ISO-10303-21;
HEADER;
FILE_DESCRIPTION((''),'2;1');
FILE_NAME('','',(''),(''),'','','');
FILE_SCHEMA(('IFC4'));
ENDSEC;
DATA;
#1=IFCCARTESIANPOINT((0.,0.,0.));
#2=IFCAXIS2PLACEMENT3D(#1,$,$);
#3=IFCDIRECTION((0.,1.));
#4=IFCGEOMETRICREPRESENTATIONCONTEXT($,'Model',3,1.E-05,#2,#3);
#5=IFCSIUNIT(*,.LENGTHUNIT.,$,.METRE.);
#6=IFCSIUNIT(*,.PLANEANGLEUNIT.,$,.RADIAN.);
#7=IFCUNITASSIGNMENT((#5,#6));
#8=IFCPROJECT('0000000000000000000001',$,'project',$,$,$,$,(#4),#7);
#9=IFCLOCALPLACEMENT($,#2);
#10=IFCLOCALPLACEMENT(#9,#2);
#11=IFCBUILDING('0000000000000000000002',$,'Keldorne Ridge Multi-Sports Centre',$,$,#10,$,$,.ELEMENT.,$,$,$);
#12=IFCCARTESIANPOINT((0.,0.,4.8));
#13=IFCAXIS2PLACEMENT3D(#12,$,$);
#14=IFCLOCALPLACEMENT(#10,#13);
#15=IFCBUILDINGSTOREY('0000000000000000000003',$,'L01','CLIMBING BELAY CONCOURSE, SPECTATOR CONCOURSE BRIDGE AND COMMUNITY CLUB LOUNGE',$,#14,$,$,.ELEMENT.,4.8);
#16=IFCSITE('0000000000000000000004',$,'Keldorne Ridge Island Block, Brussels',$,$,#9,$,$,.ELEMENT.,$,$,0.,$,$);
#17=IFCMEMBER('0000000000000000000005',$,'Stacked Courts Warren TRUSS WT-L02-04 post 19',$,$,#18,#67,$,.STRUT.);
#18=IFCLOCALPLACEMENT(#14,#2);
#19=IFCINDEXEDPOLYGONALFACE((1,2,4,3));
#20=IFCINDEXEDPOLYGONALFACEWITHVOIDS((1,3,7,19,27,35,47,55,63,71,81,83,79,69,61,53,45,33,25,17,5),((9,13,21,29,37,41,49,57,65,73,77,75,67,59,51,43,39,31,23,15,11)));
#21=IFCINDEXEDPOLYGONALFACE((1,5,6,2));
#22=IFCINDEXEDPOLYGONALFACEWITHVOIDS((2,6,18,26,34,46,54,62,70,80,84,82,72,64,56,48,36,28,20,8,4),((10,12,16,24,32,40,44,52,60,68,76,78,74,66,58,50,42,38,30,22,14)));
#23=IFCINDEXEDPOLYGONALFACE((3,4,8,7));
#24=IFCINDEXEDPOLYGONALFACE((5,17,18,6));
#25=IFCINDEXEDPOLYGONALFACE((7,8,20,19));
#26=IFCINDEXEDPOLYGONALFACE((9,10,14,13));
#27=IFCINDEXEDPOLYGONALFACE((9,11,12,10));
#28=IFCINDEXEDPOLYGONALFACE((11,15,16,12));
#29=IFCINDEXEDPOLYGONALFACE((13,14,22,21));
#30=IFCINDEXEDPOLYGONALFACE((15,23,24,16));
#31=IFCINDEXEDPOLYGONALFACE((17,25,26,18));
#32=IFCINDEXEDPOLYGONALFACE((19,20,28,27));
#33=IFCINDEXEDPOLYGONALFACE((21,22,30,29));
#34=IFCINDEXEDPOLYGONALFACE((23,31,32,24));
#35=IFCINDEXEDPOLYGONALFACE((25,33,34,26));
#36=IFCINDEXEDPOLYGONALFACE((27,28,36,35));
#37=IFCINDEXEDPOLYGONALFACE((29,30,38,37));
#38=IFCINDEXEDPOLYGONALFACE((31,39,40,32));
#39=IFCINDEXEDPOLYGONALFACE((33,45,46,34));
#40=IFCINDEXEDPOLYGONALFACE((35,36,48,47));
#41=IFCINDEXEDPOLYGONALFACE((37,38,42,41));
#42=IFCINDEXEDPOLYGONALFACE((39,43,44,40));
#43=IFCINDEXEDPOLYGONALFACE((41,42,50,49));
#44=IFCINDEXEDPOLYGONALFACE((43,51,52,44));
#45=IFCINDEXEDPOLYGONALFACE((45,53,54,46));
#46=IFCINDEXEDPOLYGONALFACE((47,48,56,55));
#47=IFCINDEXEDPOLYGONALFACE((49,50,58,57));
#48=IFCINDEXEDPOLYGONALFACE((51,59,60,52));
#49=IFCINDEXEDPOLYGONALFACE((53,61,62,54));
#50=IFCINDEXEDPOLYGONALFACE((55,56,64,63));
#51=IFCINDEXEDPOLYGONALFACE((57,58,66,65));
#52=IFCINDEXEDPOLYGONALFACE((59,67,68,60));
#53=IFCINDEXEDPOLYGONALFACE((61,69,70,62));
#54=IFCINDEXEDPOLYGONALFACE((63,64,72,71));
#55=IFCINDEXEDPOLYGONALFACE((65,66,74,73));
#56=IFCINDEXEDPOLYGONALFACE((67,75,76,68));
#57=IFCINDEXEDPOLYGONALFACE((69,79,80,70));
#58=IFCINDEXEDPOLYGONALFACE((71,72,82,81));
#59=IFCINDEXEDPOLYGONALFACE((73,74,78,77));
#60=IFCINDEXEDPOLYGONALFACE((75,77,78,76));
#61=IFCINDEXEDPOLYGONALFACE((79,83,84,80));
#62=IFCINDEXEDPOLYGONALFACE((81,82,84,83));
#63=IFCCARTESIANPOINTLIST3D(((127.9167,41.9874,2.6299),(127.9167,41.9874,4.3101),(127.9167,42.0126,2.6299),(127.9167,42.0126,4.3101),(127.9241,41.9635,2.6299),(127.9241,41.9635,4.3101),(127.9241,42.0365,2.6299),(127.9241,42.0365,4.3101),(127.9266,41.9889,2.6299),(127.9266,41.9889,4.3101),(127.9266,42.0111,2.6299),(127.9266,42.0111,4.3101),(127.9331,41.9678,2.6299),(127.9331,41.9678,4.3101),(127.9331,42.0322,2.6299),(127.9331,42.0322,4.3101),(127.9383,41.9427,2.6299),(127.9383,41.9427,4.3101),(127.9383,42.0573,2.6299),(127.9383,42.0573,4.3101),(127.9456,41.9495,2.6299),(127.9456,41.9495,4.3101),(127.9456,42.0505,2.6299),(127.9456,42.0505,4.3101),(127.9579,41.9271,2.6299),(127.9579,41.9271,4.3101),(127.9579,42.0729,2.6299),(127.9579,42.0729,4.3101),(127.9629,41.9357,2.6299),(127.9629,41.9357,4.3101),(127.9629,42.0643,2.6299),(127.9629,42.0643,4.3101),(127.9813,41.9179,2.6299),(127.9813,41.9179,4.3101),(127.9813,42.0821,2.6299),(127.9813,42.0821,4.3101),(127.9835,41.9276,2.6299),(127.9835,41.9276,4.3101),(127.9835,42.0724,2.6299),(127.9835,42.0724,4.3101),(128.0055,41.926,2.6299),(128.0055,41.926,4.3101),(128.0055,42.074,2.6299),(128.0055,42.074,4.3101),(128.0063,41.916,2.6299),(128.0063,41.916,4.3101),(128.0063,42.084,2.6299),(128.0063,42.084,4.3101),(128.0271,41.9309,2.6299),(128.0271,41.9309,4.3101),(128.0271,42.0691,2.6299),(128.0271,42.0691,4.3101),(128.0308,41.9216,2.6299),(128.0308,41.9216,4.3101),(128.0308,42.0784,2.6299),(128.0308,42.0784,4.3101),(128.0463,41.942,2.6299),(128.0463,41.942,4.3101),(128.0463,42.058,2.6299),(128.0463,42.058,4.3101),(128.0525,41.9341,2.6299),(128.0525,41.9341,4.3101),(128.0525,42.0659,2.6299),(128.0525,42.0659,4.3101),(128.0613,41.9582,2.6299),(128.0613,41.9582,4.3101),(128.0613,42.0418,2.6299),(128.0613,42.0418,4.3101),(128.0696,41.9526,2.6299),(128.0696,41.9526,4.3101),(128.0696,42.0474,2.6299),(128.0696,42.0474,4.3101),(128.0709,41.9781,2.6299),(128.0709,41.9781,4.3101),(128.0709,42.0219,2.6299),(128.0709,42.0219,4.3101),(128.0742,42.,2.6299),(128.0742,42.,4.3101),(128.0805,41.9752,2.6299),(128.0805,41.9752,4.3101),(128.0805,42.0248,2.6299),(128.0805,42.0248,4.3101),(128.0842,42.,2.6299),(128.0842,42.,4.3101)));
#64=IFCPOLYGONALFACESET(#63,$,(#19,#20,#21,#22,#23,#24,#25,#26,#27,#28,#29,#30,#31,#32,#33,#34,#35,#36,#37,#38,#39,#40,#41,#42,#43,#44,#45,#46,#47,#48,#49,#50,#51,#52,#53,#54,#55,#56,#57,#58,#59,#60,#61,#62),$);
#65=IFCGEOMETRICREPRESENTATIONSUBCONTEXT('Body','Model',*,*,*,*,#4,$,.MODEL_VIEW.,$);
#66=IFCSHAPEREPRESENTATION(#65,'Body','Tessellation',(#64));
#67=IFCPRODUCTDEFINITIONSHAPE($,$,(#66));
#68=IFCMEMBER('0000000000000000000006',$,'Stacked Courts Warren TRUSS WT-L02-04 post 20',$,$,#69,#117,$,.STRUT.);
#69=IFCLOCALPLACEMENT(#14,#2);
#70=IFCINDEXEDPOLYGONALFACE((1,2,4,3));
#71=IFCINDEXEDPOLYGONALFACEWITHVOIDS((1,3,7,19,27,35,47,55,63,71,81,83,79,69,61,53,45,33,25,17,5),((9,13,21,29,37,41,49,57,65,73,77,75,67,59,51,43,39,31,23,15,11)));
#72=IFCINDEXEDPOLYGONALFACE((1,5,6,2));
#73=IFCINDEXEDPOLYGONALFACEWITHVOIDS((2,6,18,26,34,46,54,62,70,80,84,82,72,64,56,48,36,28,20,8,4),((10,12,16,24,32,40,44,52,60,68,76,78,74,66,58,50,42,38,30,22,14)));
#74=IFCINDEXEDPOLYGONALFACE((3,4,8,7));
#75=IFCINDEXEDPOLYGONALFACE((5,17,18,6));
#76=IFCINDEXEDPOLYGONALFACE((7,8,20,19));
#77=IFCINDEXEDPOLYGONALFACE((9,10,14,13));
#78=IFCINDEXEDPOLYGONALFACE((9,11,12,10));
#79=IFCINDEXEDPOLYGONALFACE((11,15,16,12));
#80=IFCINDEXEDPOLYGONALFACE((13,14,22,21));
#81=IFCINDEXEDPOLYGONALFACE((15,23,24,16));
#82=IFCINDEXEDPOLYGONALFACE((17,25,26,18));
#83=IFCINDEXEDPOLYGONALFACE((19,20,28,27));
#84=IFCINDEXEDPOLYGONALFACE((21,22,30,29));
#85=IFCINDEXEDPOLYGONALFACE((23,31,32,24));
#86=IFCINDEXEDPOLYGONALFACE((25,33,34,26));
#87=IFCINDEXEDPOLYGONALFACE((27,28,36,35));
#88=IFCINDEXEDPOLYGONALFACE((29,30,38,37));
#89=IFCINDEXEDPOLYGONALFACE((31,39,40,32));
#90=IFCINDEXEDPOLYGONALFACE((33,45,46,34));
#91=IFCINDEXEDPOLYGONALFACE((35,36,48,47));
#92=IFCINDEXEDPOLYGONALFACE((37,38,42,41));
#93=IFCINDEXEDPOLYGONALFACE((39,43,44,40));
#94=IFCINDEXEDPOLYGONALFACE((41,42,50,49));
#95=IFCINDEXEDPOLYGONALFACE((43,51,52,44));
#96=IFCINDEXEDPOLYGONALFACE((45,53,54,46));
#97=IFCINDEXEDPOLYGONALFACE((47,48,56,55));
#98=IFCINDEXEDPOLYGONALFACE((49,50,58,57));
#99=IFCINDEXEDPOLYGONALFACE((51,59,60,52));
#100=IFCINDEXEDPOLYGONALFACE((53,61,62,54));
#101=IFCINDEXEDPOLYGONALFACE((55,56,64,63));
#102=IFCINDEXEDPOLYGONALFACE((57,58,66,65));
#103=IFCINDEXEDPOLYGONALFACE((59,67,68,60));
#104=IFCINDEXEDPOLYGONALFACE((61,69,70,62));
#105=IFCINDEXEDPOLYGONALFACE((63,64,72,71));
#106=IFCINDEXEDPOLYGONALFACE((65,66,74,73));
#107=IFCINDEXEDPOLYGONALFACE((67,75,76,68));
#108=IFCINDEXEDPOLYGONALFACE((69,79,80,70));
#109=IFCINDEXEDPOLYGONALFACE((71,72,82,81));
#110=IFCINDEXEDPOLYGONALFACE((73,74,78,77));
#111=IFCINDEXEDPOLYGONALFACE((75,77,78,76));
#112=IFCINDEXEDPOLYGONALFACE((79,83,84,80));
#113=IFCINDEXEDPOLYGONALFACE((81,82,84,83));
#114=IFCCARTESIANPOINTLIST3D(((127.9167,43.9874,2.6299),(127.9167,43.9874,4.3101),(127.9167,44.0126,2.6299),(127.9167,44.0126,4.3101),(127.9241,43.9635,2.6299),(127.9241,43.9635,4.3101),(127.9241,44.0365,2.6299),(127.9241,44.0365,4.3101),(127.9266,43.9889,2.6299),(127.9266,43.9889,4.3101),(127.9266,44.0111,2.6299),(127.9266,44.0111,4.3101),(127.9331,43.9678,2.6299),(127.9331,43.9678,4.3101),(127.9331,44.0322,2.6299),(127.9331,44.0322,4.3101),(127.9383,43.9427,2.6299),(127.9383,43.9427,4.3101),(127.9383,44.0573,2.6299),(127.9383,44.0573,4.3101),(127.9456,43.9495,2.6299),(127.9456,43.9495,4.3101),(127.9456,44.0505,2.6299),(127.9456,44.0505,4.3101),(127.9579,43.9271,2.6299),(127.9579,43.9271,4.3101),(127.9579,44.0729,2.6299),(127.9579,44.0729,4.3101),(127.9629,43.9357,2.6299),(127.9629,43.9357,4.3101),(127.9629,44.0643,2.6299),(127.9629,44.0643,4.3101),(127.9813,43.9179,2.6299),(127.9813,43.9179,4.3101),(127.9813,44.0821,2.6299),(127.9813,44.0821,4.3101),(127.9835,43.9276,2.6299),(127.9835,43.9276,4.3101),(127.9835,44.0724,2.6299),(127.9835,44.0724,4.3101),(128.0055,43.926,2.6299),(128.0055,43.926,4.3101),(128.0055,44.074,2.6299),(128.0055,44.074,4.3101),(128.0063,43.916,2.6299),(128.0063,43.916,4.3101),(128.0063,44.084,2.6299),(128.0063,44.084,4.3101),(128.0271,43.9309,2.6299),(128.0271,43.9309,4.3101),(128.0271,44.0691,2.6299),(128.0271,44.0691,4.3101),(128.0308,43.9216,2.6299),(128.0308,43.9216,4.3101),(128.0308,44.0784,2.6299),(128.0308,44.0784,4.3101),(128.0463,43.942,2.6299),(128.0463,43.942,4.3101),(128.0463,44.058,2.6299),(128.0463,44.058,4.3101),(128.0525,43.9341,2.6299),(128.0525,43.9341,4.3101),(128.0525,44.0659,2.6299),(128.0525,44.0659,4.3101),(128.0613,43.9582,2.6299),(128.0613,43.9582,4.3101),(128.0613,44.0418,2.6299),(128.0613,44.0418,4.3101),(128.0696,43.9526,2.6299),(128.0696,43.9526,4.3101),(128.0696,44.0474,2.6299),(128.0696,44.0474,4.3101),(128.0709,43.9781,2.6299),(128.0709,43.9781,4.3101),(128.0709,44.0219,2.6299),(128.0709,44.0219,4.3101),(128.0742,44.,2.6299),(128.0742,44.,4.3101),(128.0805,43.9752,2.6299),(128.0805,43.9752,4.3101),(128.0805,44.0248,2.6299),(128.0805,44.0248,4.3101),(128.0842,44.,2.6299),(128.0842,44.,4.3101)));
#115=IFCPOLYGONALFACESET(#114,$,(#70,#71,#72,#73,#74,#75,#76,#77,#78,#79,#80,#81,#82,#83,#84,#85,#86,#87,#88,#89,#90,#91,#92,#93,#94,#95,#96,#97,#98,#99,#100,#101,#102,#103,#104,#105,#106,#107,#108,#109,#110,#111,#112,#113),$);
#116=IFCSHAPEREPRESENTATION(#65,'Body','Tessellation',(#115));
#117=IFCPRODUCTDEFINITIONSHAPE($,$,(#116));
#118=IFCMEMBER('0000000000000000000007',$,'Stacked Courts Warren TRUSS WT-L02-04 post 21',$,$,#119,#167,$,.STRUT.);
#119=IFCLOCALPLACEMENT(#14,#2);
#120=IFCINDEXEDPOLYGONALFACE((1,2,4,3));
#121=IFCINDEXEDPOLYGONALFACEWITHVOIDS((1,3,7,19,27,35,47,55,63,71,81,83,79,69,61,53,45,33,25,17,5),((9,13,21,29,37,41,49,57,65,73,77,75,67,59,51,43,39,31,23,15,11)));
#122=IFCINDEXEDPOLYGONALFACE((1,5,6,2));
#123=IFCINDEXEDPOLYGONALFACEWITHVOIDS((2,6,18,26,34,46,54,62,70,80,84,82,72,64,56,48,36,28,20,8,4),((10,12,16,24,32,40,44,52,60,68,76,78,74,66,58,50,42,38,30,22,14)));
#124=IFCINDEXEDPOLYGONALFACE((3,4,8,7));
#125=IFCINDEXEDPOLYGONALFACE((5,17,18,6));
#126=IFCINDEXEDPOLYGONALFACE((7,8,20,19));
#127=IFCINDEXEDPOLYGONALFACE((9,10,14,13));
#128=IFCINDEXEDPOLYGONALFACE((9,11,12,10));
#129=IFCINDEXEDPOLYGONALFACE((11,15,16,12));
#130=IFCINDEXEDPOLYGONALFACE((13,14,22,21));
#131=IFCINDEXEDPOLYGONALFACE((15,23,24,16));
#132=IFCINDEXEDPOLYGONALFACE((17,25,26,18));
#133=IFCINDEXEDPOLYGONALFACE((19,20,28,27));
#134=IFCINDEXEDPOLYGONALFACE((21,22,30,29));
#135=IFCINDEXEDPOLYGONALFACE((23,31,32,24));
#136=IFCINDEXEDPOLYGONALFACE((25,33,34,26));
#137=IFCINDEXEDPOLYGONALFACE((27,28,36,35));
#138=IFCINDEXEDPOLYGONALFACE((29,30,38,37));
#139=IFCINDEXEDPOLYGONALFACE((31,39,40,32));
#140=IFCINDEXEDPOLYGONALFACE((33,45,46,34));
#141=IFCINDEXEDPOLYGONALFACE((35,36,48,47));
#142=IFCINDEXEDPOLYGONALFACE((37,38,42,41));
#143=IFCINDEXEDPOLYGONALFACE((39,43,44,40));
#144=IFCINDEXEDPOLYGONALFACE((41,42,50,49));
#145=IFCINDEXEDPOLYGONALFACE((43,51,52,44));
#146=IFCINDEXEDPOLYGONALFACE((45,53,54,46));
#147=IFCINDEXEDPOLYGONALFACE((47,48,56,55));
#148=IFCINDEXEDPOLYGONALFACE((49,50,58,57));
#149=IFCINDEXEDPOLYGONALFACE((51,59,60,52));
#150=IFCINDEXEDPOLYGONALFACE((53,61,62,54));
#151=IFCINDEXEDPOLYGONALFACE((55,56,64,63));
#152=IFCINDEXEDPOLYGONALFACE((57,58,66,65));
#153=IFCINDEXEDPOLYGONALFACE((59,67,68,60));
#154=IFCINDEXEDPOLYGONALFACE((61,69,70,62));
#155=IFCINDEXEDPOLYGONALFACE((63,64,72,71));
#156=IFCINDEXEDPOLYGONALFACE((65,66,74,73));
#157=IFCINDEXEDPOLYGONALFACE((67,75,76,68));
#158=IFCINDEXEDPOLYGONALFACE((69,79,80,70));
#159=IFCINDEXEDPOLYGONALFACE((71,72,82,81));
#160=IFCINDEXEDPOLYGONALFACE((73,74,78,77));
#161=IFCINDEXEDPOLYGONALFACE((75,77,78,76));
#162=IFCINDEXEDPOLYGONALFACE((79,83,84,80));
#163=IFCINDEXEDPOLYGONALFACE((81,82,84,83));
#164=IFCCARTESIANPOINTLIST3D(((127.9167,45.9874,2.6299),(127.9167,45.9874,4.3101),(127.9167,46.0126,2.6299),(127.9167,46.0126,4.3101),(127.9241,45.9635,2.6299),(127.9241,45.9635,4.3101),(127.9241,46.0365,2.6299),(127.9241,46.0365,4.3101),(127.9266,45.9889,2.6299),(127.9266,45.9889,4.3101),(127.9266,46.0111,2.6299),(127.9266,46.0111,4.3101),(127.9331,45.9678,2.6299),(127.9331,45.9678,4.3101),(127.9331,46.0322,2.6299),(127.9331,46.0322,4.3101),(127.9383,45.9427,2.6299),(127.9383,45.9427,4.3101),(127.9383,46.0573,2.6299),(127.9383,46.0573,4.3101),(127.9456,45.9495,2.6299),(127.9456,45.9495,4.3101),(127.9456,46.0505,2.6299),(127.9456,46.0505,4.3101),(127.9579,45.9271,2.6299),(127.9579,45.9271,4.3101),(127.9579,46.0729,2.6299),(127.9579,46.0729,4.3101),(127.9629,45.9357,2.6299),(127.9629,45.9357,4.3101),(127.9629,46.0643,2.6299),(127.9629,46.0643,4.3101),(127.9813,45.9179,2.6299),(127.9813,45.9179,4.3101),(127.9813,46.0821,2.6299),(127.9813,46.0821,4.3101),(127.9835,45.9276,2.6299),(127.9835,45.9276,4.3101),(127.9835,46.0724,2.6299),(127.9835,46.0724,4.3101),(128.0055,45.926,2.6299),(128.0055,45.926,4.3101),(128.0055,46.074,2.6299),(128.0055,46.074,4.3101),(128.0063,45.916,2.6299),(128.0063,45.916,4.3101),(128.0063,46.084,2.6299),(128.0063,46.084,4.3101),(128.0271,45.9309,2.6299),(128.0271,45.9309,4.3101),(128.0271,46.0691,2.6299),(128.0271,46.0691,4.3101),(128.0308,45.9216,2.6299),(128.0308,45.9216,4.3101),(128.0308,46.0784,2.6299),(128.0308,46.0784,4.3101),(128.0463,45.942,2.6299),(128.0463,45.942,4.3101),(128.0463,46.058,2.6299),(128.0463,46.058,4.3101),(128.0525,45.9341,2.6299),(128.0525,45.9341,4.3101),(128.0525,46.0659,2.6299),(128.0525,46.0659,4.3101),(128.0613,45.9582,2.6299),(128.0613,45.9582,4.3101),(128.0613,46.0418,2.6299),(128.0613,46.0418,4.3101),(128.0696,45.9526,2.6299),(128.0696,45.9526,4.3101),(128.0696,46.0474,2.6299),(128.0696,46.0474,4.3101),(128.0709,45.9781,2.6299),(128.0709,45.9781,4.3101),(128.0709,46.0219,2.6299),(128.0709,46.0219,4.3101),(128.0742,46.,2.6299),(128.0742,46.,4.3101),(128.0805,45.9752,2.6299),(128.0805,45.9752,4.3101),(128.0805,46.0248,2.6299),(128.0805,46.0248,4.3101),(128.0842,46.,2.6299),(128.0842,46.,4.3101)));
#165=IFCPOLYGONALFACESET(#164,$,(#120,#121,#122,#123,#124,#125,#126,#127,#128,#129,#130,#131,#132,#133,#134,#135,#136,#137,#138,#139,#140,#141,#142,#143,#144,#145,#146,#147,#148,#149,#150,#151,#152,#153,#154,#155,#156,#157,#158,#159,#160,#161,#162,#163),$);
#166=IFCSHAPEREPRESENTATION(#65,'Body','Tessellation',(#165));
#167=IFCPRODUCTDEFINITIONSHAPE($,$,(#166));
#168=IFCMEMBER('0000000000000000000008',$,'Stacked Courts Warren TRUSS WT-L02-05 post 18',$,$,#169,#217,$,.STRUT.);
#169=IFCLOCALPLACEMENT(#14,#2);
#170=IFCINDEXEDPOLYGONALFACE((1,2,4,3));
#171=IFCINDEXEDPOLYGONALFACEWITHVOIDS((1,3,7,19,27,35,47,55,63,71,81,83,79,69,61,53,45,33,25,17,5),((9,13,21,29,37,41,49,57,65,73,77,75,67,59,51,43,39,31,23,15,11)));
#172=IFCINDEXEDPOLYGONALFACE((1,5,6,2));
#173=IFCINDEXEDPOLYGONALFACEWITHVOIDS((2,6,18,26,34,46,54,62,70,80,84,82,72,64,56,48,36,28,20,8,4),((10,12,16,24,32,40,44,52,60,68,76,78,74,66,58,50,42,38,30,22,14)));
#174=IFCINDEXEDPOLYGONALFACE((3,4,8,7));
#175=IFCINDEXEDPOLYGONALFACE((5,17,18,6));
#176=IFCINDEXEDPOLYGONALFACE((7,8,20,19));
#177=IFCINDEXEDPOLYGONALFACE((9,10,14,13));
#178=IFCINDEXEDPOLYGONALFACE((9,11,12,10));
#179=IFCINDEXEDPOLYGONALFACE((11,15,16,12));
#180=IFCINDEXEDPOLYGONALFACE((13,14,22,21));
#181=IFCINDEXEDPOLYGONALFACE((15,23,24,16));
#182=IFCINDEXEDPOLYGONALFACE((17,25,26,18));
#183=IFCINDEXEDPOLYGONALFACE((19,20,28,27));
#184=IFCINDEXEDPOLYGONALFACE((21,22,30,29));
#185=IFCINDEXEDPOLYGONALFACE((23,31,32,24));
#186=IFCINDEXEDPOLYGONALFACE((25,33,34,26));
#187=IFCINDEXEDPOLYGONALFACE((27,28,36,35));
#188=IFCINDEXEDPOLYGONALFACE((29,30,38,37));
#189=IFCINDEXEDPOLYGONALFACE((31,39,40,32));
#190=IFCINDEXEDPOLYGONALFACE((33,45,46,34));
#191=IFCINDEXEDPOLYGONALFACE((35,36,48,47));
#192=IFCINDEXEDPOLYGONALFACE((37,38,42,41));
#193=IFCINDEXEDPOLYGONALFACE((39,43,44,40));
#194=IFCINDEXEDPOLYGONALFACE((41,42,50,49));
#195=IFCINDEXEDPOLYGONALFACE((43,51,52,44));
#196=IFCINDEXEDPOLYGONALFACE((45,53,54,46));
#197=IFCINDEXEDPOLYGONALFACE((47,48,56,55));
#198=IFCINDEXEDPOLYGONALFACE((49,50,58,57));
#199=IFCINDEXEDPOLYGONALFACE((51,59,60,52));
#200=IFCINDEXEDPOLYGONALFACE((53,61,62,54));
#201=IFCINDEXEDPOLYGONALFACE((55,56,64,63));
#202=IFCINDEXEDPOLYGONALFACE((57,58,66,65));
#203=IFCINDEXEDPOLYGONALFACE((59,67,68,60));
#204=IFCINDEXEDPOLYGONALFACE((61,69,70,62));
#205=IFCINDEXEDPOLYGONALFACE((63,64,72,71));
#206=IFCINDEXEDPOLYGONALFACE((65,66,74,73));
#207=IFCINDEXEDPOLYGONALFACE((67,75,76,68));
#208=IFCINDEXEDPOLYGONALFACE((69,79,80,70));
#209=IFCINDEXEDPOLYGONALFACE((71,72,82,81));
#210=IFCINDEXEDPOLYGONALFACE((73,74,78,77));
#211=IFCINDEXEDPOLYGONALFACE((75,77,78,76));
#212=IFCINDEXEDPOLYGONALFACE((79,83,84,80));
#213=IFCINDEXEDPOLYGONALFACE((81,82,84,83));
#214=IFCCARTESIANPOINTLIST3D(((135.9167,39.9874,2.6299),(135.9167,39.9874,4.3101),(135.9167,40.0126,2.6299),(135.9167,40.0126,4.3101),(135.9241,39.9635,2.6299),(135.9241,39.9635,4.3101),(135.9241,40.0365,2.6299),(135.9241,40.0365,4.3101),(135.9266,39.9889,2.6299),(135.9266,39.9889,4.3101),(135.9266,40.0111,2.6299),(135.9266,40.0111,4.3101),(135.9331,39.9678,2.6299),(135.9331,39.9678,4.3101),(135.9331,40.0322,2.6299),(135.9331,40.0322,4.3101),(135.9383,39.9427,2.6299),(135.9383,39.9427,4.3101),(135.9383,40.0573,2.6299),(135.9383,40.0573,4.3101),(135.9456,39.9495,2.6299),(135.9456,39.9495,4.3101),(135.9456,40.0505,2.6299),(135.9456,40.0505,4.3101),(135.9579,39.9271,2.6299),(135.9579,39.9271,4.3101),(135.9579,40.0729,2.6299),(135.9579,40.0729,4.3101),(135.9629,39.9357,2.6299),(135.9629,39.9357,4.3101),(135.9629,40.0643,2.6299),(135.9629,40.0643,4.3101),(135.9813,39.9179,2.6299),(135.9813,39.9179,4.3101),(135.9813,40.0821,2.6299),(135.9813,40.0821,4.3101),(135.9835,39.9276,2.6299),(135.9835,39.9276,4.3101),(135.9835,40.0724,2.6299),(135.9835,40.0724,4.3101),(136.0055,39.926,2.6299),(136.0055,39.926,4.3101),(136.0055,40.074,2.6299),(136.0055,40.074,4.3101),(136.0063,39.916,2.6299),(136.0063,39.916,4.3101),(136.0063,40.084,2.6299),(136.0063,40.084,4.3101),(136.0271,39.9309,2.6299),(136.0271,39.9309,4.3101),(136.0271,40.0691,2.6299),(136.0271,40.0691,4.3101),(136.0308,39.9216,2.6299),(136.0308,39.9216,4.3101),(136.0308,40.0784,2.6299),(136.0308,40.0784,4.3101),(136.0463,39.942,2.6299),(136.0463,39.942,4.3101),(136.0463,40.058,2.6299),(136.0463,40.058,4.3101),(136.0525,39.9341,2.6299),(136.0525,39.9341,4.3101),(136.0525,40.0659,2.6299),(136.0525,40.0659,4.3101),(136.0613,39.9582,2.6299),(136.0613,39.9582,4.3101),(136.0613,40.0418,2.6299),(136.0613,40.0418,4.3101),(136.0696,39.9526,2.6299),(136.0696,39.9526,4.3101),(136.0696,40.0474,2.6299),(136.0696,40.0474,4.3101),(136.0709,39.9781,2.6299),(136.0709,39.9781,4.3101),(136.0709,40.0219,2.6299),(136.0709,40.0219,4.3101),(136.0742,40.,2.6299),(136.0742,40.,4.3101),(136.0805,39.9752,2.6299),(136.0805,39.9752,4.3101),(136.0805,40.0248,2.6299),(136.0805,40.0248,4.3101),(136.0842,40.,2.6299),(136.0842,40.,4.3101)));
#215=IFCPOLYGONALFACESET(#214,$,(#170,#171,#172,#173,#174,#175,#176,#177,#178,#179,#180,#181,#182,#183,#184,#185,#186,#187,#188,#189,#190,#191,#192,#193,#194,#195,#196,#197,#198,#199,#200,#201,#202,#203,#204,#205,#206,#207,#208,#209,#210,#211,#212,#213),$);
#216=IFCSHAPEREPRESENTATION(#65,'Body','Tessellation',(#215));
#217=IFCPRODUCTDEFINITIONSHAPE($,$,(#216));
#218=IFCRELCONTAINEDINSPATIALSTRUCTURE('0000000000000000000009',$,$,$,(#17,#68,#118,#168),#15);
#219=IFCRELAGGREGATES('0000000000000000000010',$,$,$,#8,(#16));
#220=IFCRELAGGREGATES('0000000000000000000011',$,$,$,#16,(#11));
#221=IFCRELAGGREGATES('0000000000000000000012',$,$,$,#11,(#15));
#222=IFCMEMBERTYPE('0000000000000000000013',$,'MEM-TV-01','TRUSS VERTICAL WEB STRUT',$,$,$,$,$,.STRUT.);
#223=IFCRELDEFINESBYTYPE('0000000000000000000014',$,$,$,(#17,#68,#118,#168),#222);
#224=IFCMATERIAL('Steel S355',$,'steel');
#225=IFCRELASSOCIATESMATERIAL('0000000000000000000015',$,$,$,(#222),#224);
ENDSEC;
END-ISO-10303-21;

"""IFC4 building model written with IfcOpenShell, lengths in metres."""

from ifc_helpers import new_model, si_unit, direction, frame, origin, origin_2d, place, context, subcontext, project, spatial, hollow_circle, extrude, material, material_profile, profile_set, type_object, element, save


model = new_model("IFC4")

# Units and contexts
model_context = context("Model", 3, precision=1e-05, world=origin(), true_north=direction((0.0, 1.0)))
body_context = subcontext(model_context, "Body", "Model", "MODEL_VIEW")
ifc_project = project(units=[si_unit("LENGTHUNIT", "METRE"), si_unit("PLANEANGLEUNIT", "RADIAN")], contexts=[model_context])

# Site, building, storey
site_placement = place(None, origin())
site = spatial("IfcSite", under=ifc_project, at=site_placement, Name="Keldorne Ridge Island Block, Brussels", CompositionType="ELEMENT", RefElevation=0.0)
building_placement = place(site_placement, origin())
building = spatial("IfcBuilding", under=site, at=building_placement, Name="Keldorne Ridge Multi-Sports Centre", CompositionType="ELEMENT")
storey_placement = place(building_placement, frame((0.0, 0.0, 4.8)))
storey = spatial("IfcBuildingStorey", under=building, at=storey_placement, Name="L01", Description="CLIMBING BELAY CONCOURSE, SPECTATOR CONCOURSE BRIDGE AND COMMUNITY CLUB LOUNGE", CompositionType="ELEMENT", Elevation=4.8)

# Members
ifc_material = material(Name="Steel S355", Category="steel")
ifc_material_profile_1 = material_profile(ifc_material, hollow_circle(Radius=0.0842, WallThickness=0.01, at=origin_2d()), Name="CHS 168.3x10")
ifc_profile_set_1 = profile_set([ifc_material_profile_1], Name="Steel S355")
member_type_1 = type_object("IfcMemberType", Name="MEM-TV-01", Description="TRUSS VERTICAL WEB STRUT", PredefinedType="STRUT", material=ifc_profile_set_1)
for number, where, z_axis, x_axis, name in (
    (1, (128.0, 42.0, 2.6299), (0.0, 0.0, 1.0), (1.0, 0.0, 0.0), "Stacked Courts Warren TRUSS WT-L02-04 post 19"),
    (2, (128.0, 44.0, 2.6299), (0.0, 0.0, 1.0), (1.0, 0.0, 0.0), "Stacked Courts Warren TRUSS WT-L02-04 post 20"),
    (3, (128.0, 46.0, 2.6299), (0.0, 0.0, 1.0), (1.0, 0.0, 0.0), "Stacked Courts Warren TRUSS WT-L02-04 post 21"),
    (4, (136.0, 40.0, 2.6299), (0.0, 0.0, 1.0), (1.0, 0.0, 0.0), "Stacked Courts Warren TRUSS WT-L02-05 post 18"),
):
    element("IfcMember", number, at=place(storey_placement, frame(where, z_axis=z_axis, x_axis=x_axis)), inside=storey, type_object=member_type_1, Name=name, PredefinedType="STRUT", context=body_context, shape_type="SweptSolid", body=[
        extrude(hollow_circle(Radius=0.0842, WallThickness=0.01, at=origin_2d()), origin(), (0.0, 0.0, 1.0), 1.6802),
    ])

save(model, "model.ifc")
